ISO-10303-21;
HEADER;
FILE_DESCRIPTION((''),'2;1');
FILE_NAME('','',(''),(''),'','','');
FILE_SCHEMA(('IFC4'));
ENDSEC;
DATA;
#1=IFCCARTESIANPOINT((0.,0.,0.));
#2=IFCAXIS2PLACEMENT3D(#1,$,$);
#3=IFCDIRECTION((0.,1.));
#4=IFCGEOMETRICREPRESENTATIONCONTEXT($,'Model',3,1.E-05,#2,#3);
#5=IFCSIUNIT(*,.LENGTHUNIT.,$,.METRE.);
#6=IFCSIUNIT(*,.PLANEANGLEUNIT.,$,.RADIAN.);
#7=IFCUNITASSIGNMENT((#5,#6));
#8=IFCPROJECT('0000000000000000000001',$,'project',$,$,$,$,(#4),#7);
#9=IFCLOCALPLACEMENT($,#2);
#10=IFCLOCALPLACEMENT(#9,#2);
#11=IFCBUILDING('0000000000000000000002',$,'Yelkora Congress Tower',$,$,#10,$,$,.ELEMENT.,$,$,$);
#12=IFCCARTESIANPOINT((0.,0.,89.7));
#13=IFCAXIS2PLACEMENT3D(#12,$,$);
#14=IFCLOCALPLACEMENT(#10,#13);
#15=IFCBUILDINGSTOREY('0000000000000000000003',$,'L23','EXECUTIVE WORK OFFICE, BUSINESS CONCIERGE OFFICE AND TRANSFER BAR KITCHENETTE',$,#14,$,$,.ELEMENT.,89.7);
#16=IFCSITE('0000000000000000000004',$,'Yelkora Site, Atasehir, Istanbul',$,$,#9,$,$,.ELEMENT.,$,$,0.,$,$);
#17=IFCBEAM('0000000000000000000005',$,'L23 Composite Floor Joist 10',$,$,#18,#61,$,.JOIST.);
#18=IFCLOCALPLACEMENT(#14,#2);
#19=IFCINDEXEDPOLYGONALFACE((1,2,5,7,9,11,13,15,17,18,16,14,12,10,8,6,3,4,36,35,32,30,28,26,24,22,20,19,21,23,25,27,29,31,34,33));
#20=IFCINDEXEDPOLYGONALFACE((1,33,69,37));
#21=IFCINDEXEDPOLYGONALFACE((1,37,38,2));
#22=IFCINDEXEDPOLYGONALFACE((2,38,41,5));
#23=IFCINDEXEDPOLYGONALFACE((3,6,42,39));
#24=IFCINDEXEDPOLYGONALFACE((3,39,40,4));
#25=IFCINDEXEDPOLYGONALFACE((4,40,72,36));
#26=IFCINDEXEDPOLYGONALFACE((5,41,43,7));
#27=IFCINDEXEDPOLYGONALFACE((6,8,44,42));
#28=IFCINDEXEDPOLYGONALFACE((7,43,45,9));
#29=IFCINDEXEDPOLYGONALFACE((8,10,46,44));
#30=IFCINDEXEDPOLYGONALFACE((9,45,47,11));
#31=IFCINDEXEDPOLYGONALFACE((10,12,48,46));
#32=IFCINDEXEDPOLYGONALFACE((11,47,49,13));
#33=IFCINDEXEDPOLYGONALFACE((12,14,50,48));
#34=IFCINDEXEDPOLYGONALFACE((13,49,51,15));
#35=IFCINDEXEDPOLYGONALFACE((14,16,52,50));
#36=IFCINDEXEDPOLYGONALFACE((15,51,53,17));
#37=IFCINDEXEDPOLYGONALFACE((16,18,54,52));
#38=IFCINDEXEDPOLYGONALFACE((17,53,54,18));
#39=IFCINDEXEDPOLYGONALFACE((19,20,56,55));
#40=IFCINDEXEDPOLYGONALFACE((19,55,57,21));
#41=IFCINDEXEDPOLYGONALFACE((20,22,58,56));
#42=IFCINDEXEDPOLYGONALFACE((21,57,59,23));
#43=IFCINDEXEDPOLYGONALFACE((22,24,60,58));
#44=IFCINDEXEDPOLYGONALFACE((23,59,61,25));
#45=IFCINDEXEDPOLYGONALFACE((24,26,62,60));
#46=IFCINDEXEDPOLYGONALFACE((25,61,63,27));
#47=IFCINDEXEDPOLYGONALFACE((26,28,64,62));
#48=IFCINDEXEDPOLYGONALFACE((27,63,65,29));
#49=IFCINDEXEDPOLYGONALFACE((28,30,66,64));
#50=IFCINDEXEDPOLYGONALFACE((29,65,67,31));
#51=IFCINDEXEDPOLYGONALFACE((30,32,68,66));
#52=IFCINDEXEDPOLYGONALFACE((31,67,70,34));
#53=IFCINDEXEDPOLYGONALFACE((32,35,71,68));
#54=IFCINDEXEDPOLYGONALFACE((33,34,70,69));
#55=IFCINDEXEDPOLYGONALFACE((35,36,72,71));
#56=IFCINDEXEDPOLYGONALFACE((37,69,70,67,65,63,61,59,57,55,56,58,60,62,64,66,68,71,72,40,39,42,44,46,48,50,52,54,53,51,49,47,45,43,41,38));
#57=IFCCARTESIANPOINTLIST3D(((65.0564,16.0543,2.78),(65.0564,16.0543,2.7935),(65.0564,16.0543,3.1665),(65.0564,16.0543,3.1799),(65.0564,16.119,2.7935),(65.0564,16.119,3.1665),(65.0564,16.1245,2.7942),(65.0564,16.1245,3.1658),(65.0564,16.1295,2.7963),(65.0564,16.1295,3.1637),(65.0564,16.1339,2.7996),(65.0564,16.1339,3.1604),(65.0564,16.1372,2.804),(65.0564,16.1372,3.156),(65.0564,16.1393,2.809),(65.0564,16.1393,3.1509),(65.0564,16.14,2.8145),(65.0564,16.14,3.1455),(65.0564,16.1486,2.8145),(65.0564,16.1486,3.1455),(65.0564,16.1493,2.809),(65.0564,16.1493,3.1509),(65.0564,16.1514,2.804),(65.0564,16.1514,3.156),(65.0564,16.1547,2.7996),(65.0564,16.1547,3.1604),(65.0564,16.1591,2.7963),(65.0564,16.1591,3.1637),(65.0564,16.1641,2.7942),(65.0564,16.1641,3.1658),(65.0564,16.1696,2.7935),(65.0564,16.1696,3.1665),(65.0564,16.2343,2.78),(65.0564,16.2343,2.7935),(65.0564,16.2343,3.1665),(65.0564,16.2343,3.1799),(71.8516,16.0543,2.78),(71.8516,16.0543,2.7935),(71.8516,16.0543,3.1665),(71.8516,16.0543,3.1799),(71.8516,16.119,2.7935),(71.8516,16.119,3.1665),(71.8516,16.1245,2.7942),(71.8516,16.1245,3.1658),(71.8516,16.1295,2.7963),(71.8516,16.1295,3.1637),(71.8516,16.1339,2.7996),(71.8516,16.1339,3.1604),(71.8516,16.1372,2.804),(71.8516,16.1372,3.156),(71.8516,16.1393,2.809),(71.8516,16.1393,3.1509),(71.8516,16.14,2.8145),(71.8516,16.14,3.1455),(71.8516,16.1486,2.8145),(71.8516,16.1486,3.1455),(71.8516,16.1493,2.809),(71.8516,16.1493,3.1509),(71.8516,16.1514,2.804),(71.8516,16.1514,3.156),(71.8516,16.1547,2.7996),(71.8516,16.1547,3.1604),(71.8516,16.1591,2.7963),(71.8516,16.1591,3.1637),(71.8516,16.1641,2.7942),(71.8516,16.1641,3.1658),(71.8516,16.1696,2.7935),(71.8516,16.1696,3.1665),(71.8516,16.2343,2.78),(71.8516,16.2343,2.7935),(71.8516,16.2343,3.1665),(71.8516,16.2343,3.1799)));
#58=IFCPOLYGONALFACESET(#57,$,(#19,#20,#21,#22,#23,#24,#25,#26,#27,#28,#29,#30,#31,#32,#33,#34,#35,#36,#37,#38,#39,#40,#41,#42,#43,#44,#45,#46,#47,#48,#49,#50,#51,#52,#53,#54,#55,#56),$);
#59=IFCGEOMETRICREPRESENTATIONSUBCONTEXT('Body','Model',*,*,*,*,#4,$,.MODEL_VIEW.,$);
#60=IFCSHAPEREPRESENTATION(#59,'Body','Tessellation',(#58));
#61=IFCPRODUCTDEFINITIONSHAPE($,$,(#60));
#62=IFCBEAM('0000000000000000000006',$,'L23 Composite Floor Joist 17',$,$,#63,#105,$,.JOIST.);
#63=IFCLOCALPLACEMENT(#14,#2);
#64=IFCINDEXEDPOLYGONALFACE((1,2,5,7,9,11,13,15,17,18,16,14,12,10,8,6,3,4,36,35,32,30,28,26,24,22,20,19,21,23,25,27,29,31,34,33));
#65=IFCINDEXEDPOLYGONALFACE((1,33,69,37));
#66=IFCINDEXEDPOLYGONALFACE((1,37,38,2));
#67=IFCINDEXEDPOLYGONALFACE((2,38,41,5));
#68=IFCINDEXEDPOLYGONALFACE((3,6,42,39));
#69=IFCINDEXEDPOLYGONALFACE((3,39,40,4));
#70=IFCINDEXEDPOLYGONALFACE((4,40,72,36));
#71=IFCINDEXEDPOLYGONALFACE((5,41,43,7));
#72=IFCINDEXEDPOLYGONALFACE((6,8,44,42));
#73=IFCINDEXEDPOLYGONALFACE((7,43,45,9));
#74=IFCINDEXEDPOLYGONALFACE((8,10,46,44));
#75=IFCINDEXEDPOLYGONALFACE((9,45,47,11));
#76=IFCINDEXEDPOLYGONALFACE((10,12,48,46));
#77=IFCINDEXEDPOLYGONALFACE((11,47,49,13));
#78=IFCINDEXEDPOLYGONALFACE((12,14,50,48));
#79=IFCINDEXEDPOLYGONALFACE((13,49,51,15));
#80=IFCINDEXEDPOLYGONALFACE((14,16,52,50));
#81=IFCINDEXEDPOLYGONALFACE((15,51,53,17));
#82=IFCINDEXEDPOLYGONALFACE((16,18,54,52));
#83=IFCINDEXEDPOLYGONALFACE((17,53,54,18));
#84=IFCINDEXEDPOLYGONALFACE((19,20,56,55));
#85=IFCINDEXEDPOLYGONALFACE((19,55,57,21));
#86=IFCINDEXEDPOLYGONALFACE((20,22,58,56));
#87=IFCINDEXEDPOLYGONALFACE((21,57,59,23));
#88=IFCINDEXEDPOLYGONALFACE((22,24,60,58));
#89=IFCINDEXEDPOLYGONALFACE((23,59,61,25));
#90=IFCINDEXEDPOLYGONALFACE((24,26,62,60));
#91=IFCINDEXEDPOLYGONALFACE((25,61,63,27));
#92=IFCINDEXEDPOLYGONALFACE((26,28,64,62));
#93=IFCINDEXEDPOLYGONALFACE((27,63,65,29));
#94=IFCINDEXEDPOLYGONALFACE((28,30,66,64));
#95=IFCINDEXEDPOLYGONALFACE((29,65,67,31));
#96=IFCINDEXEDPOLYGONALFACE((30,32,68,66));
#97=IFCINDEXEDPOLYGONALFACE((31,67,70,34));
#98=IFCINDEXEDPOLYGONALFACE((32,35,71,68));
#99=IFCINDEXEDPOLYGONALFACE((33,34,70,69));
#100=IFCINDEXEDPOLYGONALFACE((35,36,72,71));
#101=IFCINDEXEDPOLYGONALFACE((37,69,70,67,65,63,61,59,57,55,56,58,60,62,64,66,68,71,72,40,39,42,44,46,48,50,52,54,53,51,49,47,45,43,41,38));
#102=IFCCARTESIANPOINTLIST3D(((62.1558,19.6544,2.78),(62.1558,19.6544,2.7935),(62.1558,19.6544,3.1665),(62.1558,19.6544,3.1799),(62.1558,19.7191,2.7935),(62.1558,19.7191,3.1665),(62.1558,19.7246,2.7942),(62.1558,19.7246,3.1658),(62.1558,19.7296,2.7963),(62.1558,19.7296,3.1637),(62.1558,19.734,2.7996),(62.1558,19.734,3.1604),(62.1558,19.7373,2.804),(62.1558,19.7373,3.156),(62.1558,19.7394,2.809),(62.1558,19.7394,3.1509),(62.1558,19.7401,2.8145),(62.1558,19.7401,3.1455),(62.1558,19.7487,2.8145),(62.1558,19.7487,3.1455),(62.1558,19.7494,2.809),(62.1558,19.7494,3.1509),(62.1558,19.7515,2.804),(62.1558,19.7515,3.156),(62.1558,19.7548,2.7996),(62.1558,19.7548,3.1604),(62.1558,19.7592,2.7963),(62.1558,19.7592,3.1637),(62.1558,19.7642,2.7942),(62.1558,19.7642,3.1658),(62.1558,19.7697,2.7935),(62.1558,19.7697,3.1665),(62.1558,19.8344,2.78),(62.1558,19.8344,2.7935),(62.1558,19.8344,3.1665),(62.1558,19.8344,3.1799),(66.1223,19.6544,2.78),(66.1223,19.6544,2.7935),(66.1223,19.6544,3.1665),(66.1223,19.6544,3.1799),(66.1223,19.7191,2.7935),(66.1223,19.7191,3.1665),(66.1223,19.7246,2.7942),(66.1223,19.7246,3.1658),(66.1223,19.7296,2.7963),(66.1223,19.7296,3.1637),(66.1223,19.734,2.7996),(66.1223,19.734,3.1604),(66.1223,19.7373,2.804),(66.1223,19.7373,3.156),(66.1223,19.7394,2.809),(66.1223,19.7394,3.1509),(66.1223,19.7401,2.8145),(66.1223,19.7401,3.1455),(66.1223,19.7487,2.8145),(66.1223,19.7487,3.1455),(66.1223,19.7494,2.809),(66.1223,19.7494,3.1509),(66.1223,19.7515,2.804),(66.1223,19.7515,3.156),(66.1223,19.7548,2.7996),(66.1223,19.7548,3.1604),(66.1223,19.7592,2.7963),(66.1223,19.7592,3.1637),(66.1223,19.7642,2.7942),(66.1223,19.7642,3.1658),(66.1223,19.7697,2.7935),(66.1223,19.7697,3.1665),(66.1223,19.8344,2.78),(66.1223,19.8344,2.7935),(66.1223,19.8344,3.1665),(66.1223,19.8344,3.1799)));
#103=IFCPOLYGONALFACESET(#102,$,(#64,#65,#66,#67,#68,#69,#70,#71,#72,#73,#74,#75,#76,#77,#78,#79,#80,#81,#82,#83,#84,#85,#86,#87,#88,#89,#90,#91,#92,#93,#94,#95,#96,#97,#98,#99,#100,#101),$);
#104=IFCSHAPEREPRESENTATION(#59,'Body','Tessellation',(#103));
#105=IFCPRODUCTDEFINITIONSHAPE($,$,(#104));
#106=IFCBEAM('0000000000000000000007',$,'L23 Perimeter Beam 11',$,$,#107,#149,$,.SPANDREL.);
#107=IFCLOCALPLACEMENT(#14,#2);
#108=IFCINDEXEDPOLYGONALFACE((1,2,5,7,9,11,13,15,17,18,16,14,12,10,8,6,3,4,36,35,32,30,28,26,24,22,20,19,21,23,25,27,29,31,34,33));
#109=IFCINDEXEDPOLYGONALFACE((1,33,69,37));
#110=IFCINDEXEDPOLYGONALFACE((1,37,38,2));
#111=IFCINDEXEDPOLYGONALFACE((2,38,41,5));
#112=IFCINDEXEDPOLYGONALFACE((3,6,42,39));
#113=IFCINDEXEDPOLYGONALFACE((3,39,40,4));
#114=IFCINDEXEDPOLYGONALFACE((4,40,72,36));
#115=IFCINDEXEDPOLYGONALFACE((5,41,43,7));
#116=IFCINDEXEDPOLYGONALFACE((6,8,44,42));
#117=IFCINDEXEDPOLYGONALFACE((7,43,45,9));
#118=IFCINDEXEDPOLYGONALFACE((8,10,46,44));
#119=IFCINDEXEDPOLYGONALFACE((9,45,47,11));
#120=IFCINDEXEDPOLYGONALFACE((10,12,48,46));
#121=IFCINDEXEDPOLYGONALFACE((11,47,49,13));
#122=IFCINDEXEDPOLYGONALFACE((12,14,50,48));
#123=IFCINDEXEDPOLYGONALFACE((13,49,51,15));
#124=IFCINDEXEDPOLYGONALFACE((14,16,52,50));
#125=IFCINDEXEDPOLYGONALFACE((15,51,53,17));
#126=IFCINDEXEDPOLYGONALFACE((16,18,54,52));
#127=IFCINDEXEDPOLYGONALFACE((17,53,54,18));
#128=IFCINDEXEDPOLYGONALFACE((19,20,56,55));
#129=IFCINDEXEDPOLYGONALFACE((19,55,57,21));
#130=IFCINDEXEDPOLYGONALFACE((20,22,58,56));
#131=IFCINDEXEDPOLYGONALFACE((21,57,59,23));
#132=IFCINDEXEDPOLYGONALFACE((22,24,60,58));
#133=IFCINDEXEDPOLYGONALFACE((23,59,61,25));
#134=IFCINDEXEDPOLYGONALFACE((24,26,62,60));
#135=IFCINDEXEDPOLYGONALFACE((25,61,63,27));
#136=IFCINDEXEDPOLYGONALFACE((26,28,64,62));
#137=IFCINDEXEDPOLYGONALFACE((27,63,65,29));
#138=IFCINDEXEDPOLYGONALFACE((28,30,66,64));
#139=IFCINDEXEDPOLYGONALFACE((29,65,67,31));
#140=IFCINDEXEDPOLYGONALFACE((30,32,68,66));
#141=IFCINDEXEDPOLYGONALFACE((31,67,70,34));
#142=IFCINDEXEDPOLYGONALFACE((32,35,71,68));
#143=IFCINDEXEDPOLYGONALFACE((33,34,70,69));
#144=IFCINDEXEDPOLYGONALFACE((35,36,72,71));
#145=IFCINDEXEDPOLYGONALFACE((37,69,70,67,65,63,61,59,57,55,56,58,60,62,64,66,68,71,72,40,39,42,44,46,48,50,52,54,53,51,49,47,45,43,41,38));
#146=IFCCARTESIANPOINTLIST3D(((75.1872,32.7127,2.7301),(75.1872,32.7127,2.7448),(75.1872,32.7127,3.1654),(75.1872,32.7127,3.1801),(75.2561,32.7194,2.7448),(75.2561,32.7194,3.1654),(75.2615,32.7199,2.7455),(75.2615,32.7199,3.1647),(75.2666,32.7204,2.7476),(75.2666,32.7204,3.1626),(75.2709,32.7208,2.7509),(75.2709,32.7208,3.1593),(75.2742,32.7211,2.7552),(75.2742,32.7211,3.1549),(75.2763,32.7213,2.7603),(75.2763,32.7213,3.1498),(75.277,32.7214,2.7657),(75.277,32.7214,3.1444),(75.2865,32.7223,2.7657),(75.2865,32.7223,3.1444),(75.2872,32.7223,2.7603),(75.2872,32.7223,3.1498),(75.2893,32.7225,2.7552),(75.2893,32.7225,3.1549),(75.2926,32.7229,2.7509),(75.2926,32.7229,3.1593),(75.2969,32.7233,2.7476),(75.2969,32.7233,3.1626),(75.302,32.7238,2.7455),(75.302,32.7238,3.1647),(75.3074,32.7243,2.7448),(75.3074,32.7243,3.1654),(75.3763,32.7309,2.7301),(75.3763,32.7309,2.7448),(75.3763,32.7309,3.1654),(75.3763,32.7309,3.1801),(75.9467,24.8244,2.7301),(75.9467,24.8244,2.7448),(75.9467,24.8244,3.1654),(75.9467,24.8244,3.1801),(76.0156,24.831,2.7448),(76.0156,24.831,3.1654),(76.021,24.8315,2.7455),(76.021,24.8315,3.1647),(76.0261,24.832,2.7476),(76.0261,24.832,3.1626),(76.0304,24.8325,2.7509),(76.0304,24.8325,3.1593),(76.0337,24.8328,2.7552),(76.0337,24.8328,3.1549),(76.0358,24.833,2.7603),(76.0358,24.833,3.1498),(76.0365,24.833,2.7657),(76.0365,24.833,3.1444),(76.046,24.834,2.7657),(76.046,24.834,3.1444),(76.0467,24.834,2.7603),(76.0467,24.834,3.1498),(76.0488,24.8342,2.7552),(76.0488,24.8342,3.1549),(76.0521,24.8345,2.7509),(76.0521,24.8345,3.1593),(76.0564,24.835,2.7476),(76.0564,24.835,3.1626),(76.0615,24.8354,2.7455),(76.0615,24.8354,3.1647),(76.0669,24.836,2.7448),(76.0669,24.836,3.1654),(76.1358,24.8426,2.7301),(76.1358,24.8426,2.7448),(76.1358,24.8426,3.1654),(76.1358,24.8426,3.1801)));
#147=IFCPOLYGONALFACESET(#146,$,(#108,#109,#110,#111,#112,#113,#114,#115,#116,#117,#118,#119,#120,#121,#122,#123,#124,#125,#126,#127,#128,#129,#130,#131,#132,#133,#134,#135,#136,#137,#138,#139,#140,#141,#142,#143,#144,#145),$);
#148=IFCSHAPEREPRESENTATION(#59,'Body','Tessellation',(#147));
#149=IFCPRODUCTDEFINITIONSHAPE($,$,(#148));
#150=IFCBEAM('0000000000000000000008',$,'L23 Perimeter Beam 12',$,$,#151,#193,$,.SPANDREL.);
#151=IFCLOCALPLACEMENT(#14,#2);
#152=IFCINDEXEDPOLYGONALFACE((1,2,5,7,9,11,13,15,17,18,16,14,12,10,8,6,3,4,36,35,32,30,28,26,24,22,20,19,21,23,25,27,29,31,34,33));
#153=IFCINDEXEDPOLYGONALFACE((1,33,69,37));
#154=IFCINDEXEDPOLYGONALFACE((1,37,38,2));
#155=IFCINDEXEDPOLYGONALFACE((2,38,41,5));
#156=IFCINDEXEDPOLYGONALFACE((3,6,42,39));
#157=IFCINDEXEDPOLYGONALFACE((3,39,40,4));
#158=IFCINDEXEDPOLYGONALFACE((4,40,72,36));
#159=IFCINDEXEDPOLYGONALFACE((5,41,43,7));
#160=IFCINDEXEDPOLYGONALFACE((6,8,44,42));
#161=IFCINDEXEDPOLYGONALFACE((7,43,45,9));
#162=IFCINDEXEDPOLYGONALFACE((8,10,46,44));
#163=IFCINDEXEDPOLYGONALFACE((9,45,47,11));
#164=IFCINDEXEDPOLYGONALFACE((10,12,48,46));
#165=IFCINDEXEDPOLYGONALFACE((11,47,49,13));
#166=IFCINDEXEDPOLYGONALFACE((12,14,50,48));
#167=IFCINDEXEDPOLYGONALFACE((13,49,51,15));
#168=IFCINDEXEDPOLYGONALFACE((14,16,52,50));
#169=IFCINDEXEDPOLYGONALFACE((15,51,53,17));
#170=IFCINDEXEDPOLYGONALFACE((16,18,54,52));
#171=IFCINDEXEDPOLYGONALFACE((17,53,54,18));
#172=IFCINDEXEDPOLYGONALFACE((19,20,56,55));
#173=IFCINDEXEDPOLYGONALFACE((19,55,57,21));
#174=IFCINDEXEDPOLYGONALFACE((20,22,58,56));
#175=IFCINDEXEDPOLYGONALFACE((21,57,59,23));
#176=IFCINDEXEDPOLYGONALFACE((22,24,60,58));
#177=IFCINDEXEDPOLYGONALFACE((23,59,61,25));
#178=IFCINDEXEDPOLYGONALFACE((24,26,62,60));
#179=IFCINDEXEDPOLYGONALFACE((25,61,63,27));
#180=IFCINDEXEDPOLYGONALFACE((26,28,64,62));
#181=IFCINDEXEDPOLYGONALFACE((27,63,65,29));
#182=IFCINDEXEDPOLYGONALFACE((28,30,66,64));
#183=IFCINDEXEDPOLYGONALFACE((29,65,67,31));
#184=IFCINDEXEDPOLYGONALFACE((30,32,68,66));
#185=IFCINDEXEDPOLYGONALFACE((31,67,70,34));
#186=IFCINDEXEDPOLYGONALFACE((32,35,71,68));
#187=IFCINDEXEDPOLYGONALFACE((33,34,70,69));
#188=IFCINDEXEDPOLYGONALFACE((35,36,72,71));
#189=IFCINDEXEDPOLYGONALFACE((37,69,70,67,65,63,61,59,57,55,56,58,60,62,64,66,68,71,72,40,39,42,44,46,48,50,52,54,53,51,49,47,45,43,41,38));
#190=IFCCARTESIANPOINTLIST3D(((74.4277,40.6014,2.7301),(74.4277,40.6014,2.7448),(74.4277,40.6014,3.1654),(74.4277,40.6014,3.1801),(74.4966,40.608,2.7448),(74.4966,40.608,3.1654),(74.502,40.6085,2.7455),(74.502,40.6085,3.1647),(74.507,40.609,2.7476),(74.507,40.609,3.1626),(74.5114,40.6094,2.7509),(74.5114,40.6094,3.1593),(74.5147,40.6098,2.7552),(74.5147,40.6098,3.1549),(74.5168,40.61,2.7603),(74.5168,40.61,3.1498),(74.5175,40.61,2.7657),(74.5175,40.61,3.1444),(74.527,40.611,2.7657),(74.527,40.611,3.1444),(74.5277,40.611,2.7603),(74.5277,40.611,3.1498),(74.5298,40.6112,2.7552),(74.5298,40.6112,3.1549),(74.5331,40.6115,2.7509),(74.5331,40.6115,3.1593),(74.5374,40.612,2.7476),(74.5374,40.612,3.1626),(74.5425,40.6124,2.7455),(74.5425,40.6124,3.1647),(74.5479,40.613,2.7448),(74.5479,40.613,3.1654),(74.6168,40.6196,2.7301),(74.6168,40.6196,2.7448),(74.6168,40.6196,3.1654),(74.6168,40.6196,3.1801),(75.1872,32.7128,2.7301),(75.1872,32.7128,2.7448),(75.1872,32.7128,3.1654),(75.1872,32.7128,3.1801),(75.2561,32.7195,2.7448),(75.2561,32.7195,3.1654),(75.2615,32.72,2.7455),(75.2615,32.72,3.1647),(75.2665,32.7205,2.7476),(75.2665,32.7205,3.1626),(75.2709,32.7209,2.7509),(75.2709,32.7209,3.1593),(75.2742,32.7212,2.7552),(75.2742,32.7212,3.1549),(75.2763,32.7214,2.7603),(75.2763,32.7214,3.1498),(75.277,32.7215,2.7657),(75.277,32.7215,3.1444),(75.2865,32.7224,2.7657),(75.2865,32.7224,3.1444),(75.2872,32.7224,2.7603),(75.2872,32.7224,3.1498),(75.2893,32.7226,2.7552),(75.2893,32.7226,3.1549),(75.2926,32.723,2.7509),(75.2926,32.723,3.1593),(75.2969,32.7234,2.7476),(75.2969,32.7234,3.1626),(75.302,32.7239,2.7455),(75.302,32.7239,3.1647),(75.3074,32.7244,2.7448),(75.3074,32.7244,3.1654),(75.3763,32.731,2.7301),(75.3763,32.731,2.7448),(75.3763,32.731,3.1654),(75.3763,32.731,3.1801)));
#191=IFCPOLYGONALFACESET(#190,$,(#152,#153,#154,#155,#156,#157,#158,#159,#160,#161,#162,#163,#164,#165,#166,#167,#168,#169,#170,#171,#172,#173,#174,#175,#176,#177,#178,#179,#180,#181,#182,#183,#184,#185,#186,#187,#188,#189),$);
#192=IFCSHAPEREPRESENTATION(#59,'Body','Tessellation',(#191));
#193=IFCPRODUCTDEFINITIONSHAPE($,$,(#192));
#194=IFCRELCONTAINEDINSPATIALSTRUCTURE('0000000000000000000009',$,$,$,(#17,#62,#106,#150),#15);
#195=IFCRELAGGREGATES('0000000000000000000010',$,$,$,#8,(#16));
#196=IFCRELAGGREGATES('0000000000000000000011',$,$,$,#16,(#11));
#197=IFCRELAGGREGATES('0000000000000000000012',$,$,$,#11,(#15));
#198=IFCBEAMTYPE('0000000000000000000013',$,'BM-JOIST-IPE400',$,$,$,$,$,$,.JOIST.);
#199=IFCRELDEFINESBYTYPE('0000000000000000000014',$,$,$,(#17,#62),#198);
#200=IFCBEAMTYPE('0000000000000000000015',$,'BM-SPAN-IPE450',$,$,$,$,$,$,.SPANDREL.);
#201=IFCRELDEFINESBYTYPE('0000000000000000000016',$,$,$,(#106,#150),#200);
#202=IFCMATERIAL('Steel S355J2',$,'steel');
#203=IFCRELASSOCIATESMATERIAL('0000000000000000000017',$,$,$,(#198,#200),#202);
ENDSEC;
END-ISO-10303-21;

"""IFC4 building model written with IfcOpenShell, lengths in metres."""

from ifc_helpers import new_model, si_unit, direction, frame, origin, origin_2d, place, context, subcontext, project, spatial, i_section, extrude, material, material_profile, profile_set, type_object, element, save


model = new_model("IFC4")

# Units and contexts
model_context = context("Model", 3, precision=1e-05, world=origin(), true_north=direction((0.0, 1.0)))
body_context = subcontext(model_context, "Body", "Model", "MODEL_VIEW")
ifc_project = project(units=[si_unit("LENGTHUNIT", "METRE"), si_unit("PLANEANGLEUNIT", "RADIAN")], contexts=[model_context])

# Site, building, storey
site_placement = place(None, origin())
site = spatial("IfcSite", under=ifc_project, at=site_placement, Name="Yelkora Site, Atasehir, Istanbul", CompositionType="ELEMENT", RefElevation=0.0)
building_placement = place(site_placement, origin())
building = spatial("IfcBuilding", under=site, at=building_placement, Name="Yelkora Congress Tower", CompositionType="ELEMENT")
storey_placement = place(building_placement, frame((0.0, 0.0, 89.7)))
storey = spatial("IfcBuildingStorey", under=building, at=storey_placement, Name="L23", Description="EXECUTIVE WORK OFFICE, BUSINESS CONCIERGE OFFICE AND TRANSFER BAR KITCHENETTE", CompositionType="ELEMENT", Elevation=89.7)

# Beams
ifc_material_1 = material(Name="Steel S355J2", Category="steel")
ifc_material_profile_1 = material_profile(ifc_material_1, i_section(OverallWidth=0.1799, OverallDepth=0.3999, WebThickness=0.0085, FlangeThickness=0.0134, FilletRadius=0.021, at=origin_2d()), Name="IPE 400")
ifc_profile_set_1 = profile_set([ifc_material_profile_1], Name="Steel S355J2")
beam_type_1 = type_object("IfcBeamType", Name="BM-JOIST-IPE400", PredefinedType="JOIST", material=ifc_profile_set_1)
beam_1_placement = place(storey_placement, frame((65.0564, 16.1443, 2.98), z_axis=(1.0, 0.0, 0.0), x_axis=(0.0, 1.0, 0.0)))
element("IfcBeam", 1, at=beam_1_placement, inside=storey, type_object=beam_type_1, Name="L23 Composite Floor Joist 10", PredefinedType="JOIST", context=body_context, shape_type="SweptSolid", body=[
    extrude(i_section(OverallWidth=0.1799, OverallDepth=0.3999, WebThickness=0.0085, FlangeThickness=0.0134, FilletRadius=0.021, at=origin_2d()), origin(), (0.0, 0.0, 1.0), 6.7952),
])
beam_2_placement = place(storey_placement, frame((62.1558, 19.7444, 2.98), z_axis=(1.0, 0.0, 0.0), x_axis=(0.0, 1.0, 0.0)))
element("IfcBeam", 2, at=beam_2_placement, inside=storey, type_object=beam_type_1, Name="L23 Composite Floor Joist 17", PredefinedType="JOIST", context=body_context, shape_type="SweptSolid", body=[
    extrude(i_section(OverallWidth=0.1799, OverallDepth=0.3999, WebThickness=0.0085, FlangeThickness=0.0134, FilletRadius=0.021, at=origin_2d()), origin(), (0.0, 0.0, 1.0), 3.9666),
])
ifc_material_profile_2 = material_profile(ifc_material_1, i_section(OverallWidth=0.1899, OverallDepth=0.45, WebThickness=0.0095, FlangeThickness=0.0146, FilletRadius=0.021, at=origin_2d()), Name="IPE 450")
ifc_profile_set_2 = profile_set([ifc_material_profile_2], Name="Steel S355J2")
beam_type_2 = type_object("IfcBeamType", Name="BM-SPAN-IPE450", PredefinedType="SPANDREL", material=ifc_profile_set_2)
beam_3_placement = place(storey_placement, frame((76.0413, 24.8335, 2.9551), z_axis=(-0.09584, 0.995397, 0.0), x_axis=(-0.995397, -0.09584, 0.0)))
element("IfcBeam", 3, at=beam_3_placement, inside=storey, type_object=beam_type_2, Name="L23 Perimeter Beam 11", PredefinedType="SPANDREL", context=body_context, shape_type="SweptSolid", body=[
    extrude(i_section(OverallWidth=0.1899, OverallDepth=0.45, WebThickness=0.0095, FlangeThickness=0.0146, FilletRadius=0.021, at=origin_2d()), origin(), (0.0, 0.0, 1.0), 7.9248),
])
beam_4_placement = place(storey_placement, frame((75.2817, 32.7219, 2.9551), z_axis=(-0.095837, 0.995397, 0.0), x_axis=(-0.995397, -0.095837, 0.0)))
element("IfcBeam", 4, at=beam_4_placement, inside=storey, type_object=beam_type_2, Name="L23 Perimeter Beam 12", PredefinedType="SPANDREL", context=body_context, shape_type="SweptSolid", body=[
    extrude(i_section(OverallWidth=0.1899, OverallDepth=0.45, WebThickness=0.0095, FlangeThickness=0.0146, FilletRadius=0.021, at=origin_2d()), origin(), (0.0, 0.0, 1.0), 7.925),
])

save(model, "model.ifc")
